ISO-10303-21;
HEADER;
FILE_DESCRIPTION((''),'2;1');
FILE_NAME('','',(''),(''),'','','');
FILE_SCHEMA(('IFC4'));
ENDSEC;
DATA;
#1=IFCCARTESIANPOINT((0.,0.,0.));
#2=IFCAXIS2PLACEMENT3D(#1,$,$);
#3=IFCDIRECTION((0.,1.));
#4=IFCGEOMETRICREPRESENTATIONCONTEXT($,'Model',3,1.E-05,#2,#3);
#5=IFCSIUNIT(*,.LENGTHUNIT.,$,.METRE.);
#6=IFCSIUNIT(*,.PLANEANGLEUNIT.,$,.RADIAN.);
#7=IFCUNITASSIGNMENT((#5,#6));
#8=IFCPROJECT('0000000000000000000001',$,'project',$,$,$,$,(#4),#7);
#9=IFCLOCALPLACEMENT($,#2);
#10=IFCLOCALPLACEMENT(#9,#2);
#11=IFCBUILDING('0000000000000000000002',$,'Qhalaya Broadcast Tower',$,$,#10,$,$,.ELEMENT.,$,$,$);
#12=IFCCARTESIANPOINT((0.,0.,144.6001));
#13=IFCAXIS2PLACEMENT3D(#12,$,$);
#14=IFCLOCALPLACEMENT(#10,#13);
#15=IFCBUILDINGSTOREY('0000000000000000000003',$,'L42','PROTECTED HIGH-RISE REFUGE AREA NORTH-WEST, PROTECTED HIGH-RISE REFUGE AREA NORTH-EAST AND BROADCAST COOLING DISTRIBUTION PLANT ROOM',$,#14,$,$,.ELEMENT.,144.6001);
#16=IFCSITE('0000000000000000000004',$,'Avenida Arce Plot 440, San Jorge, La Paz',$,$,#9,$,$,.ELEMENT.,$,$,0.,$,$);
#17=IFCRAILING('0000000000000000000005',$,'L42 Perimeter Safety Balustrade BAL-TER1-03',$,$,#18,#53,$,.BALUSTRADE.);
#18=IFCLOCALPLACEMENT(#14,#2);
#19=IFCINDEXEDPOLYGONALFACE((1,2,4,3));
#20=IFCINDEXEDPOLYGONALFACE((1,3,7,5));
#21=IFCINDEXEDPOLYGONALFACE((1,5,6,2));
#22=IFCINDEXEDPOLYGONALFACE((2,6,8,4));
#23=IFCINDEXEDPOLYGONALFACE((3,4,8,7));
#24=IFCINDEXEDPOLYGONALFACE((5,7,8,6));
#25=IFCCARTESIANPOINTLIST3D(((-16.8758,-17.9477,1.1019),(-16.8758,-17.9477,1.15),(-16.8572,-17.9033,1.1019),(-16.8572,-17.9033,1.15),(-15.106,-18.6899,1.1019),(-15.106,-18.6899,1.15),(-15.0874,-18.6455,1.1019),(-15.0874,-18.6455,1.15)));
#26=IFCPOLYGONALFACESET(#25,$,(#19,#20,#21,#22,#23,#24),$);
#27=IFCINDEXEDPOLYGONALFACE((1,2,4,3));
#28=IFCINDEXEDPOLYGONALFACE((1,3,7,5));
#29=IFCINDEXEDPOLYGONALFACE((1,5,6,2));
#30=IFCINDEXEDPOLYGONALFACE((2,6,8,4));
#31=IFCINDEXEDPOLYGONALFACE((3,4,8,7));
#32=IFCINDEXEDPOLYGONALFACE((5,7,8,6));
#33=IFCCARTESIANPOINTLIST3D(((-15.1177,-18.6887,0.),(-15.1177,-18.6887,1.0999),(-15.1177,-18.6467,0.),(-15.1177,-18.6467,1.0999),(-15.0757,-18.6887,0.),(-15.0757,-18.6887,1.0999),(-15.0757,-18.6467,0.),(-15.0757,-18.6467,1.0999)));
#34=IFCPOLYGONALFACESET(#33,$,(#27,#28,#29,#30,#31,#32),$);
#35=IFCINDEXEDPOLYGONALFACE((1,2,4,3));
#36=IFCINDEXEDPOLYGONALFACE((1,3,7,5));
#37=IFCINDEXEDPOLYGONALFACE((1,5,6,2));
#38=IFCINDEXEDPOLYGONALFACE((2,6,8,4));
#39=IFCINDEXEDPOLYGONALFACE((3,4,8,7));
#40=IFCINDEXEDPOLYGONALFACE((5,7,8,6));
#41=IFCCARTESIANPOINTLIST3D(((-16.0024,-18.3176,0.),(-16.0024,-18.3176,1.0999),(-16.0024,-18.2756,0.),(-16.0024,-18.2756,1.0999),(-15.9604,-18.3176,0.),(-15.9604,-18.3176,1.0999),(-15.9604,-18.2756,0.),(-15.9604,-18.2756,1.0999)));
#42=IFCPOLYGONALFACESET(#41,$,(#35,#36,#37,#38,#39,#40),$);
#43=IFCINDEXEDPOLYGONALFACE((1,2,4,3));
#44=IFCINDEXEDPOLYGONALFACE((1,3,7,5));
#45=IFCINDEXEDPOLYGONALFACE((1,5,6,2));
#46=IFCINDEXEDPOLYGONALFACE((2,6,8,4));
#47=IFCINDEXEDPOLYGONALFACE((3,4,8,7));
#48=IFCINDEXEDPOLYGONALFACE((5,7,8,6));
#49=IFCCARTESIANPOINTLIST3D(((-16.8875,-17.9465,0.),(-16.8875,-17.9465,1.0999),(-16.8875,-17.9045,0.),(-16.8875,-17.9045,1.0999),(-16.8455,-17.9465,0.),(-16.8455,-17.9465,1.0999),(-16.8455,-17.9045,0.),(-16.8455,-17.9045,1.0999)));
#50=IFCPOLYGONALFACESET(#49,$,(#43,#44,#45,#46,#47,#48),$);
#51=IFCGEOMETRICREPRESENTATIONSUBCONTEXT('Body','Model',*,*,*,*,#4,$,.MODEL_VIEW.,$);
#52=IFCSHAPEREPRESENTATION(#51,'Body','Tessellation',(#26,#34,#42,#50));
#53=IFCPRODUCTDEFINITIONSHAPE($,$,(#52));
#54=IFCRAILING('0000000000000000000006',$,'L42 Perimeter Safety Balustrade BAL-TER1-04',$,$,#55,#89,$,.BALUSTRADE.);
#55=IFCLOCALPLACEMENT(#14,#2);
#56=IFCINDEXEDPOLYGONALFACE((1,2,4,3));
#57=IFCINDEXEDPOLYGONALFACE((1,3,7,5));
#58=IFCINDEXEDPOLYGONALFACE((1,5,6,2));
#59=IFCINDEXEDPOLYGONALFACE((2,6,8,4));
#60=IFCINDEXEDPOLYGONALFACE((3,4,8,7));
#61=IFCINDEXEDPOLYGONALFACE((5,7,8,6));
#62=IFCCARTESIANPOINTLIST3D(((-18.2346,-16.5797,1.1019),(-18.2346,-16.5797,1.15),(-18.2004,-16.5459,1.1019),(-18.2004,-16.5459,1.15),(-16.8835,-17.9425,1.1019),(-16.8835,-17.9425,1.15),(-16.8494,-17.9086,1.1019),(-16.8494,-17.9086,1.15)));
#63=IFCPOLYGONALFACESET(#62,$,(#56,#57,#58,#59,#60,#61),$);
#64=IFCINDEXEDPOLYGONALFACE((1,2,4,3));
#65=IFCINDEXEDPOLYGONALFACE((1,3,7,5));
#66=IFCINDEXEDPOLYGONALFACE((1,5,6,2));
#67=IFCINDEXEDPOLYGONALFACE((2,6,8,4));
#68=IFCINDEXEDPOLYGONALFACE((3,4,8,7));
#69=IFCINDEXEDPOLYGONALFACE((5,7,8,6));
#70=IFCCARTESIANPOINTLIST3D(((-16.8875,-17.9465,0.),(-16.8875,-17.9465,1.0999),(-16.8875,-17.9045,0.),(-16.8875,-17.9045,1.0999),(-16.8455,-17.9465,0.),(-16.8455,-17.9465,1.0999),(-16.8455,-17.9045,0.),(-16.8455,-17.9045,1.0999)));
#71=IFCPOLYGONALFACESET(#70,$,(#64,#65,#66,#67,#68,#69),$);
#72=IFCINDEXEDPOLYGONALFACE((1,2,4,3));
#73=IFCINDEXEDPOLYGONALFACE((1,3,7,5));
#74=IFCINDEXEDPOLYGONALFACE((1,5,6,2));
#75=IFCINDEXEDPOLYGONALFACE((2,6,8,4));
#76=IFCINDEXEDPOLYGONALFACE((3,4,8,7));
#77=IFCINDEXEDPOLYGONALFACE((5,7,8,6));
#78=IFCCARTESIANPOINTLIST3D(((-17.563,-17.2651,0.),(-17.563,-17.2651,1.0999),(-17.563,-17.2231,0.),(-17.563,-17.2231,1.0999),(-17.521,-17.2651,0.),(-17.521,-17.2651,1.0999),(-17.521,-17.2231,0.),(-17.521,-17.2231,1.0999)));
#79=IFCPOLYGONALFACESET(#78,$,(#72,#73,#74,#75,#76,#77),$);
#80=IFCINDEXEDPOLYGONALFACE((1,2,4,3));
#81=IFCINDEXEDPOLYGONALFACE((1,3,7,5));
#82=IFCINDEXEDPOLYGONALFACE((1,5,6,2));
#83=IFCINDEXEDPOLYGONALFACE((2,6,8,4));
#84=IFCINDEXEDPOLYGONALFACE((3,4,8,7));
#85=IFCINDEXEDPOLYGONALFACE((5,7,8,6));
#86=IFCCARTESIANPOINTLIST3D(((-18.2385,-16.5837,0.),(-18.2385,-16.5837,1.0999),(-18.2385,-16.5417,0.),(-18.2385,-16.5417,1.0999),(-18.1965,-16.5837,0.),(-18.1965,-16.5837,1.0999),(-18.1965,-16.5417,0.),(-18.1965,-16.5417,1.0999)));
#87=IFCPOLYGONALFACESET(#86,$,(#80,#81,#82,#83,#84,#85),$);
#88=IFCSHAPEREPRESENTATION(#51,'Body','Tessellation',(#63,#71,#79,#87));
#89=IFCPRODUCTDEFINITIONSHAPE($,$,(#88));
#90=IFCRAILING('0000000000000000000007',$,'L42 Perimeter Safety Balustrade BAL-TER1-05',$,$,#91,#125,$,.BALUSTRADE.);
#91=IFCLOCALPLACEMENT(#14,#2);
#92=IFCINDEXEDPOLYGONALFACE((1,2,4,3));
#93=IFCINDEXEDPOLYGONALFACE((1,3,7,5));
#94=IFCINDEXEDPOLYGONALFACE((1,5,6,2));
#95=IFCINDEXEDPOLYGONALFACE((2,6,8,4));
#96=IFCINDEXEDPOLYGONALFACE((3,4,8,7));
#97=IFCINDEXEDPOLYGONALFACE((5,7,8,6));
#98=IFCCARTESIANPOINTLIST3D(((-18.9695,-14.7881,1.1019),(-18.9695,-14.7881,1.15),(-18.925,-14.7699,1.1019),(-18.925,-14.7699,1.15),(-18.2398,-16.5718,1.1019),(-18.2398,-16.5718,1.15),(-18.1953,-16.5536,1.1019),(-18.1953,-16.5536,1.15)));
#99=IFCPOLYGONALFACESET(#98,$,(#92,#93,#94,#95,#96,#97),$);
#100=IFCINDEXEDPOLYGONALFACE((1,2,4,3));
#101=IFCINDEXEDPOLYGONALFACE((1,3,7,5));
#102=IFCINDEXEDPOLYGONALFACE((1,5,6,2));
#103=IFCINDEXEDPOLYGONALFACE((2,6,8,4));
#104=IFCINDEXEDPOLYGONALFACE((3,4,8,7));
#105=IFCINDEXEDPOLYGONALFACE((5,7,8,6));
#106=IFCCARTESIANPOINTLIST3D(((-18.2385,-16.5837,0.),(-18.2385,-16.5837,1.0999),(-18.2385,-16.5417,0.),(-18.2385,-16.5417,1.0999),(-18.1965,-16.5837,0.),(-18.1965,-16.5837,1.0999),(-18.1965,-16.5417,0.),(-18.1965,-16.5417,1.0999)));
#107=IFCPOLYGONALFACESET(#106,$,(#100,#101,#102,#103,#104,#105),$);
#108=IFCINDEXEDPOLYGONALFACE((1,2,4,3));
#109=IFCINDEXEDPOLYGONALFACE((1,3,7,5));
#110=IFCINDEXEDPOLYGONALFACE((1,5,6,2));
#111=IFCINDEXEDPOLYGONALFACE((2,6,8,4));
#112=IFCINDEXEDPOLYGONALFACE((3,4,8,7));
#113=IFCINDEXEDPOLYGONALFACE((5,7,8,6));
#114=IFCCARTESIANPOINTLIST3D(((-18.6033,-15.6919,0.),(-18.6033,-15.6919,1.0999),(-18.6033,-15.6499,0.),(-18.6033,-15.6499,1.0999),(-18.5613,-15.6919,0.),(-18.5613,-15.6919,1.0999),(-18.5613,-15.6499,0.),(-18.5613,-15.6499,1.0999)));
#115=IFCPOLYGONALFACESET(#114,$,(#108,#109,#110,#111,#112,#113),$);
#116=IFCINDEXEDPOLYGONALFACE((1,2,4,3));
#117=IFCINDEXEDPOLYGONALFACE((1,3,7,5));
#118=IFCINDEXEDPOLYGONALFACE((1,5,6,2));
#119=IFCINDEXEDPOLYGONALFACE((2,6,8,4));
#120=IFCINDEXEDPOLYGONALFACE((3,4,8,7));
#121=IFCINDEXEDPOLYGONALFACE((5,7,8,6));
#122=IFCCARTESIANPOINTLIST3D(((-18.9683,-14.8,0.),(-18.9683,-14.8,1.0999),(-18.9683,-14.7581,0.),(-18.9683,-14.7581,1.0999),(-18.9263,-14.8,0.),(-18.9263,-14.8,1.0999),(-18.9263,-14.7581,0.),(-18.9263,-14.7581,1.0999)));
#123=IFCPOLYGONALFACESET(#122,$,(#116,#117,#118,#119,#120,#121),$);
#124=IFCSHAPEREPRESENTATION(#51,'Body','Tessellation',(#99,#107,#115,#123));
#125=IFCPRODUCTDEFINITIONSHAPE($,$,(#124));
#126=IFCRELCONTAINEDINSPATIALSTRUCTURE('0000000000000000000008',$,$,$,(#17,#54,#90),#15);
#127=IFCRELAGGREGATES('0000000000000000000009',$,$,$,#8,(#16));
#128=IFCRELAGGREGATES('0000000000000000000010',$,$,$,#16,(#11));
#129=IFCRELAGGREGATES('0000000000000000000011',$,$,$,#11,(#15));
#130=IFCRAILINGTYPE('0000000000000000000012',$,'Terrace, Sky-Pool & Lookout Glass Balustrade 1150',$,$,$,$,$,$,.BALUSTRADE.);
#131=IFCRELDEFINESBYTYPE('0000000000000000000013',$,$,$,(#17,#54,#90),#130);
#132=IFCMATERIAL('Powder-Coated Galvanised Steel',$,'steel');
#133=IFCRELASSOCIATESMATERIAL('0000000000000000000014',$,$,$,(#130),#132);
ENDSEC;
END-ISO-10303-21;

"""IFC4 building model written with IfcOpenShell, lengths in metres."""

from ifc_helpers import new_model, si_unit, direction, frame, origin, origin_2d, place, context, subcontext, project, spatial, rectangle, extrude, material, type_object, element, save


model = new_model("IFC4")

# Units and contexts
model_context = context("Model", 3, precision=1e-05, world=origin(), true_north=direction((0.0, 1.0)))
body_context = subcontext(model_context, "Body", "Model", "MODEL_VIEW")
ifc_project = project(units=[si_unit("LENGTHUNIT", "METRE"), si_unit("PLANEANGLEUNIT", "RADIAN")], contexts=[model_context])

# Site, building, storey
site_placement = place(None, origin())
site = spatial("IfcSite", under=ifc_project, at=site_placement, Name="Avenida Arce Plot 440, San Jorge, La Paz", CompositionType="ELEMENT", RefElevation=0.0)
building_placement = place(site_placement, origin())
building = spatial("IfcBuilding", under=site, at=building_placement, Name="Qhalaya Broadcast Tower", CompositionType="ELEMENT")
storey_placement = place(building_placement, frame((0.0, 0.0, 144.6001)))
storey = spatial("IfcBuildingStorey", under=building, at=storey_placement, Name="L42", Description="PROTECTED HIGH-RISE REFUGE AREA NORTH-WEST, PROTECTED HIGH-RISE REFUGE AREA NORTH-EAST AND BROADCAST COOLING DISTRIBUTION PLANT ROOM", CompositionType="ELEMENT", Elevation=144.6001)

# Railings
ifc_material_1 = material(Name="Powder-Coated Galvanised Steel", Category="steel")
railing_type = type_object("IfcRailingType", Name="Terrace, Sky-Pool & Lookout Glass Balustrade 1150", PredefinedType="BALUSTRADE", material=ifc_material_1)
railing_1_placement = place(storey_placement, frame((-15.0967, -18.6677, 0.0)))
element("IfcRailing", 1, at=railing_1_placement, inside=storey, type_object=railing_type, Name="L42 Perimeter Safety Balustrade BAL-TER1-03", PredefinedType="BALUSTRADE", context=body_context, shape_type="SweptSolid", body=[
    extrude(rectangle(XDim=0.0481, YDim=0.0481, at=origin_2d()), frame((0.0, 0.0, 1.126), z_axis=(-0.92219, 0.386737, 0.0), x_axis=(-0.386737, -0.92219, 0.0)), (0.0, 0.0, 1.0), 1.9192),
    extrude(rectangle(XDim=0.042, YDim=0.042, at=origin_2d()), origin(), (0.0, 0.0, 1.0), 1.0999),
    extrude(rectangle(XDim=0.042, YDim=0.042, at=origin_2d()), frame((-0.8848, 0.3711, 0.0)), (0.0, 0.0, 1.0), 1.0999),
    extrude(rectangle(XDim=0.042, YDim=0.042, at=origin_2d()), frame((-1.7698, 0.7422, 0.0)), (0.0, 0.0, 1.0), 1.0999),
])
railing_2_placement = place(storey_placement, frame((-16.8665, -17.9255, 0.0)))
element("IfcRailing", 2, at=railing_2_placement, inside=storey, type_object=railing_type, Name="L42 Perimeter Safety Balustrade BAL-TER1-04", PredefinedType="BALUSTRADE", context=body_context, shape_type="SweptSolid", body=[
    extrude(rectangle(XDim=0.0481, YDim=0.0481, at=origin_2d()), frame((0.0, 0.0, 1.126), z_axis=(-0.704047, 0.710154, 0.0), x_axis=(-0.710154, -0.704047, 0.0)), (0.0, 0.0, 1.0), 1.9189),
    extrude(rectangle(XDim=0.042, YDim=0.042, at=origin_2d()), origin(), (0.0, 0.0, 1.0), 1.0999),
    extrude(rectangle(XDim=0.042, YDim=0.042, at=origin_2d()), frame((-0.6755, 0.6814, 0.0)), (0.0, 0.0, 1.0), 1.0999),
    extrude(rectangle(XDim=0.042, YDim=0.042, at=origin_2d()), frame((-1.3511, 1.3628, 0.0)), (0.0, 0.0, 1.0), 1.0999),
])
railing_3_placement = place(storey_placement, frame((-18.2175, -16.5627, 0.0)))
element("IfcRailing", 3, at=railing_3_placement, inside=storey, type_object=railing_type, Name="L42 Perimeter Safety Balustrade BAL-TER1-05", PredefinedType="BALUSTRADE", context=body_context, shape_type="SweptSolid", body=[
    extrude(rectangle(XDim=0.0481, YDim=0.0481, at=origin_2d()), frame((0.0, 0.0, 1.126), z_axis=(-0.378653, 0.925539, 0.0), x_axis=(-0.925539, -0.378653, 0.0)), (0.0, 0.0, 1.0), 1.9272),
    extrude(rectangle(XDim=0.042, YDim=0.042, at=origin_2d()), origin(), (0.0, 0.0, 1.0), 1.0999),
    extrude(rectangle(XDim=0.042, YDim=0.042, at=origin_2d()), frame((-0.3647, 0.8918, 0.0)), (0.0, 0.0, 1.0), 1.0999),
    extrude(rectangle(XDim=0.042, YDim=0.042, at=origin_2d()), frame((-0.7297, 1.7837, 0.0)), (0.0, 0.0, 1.0), 1.0999),
])

save(model, "model.ifc")
